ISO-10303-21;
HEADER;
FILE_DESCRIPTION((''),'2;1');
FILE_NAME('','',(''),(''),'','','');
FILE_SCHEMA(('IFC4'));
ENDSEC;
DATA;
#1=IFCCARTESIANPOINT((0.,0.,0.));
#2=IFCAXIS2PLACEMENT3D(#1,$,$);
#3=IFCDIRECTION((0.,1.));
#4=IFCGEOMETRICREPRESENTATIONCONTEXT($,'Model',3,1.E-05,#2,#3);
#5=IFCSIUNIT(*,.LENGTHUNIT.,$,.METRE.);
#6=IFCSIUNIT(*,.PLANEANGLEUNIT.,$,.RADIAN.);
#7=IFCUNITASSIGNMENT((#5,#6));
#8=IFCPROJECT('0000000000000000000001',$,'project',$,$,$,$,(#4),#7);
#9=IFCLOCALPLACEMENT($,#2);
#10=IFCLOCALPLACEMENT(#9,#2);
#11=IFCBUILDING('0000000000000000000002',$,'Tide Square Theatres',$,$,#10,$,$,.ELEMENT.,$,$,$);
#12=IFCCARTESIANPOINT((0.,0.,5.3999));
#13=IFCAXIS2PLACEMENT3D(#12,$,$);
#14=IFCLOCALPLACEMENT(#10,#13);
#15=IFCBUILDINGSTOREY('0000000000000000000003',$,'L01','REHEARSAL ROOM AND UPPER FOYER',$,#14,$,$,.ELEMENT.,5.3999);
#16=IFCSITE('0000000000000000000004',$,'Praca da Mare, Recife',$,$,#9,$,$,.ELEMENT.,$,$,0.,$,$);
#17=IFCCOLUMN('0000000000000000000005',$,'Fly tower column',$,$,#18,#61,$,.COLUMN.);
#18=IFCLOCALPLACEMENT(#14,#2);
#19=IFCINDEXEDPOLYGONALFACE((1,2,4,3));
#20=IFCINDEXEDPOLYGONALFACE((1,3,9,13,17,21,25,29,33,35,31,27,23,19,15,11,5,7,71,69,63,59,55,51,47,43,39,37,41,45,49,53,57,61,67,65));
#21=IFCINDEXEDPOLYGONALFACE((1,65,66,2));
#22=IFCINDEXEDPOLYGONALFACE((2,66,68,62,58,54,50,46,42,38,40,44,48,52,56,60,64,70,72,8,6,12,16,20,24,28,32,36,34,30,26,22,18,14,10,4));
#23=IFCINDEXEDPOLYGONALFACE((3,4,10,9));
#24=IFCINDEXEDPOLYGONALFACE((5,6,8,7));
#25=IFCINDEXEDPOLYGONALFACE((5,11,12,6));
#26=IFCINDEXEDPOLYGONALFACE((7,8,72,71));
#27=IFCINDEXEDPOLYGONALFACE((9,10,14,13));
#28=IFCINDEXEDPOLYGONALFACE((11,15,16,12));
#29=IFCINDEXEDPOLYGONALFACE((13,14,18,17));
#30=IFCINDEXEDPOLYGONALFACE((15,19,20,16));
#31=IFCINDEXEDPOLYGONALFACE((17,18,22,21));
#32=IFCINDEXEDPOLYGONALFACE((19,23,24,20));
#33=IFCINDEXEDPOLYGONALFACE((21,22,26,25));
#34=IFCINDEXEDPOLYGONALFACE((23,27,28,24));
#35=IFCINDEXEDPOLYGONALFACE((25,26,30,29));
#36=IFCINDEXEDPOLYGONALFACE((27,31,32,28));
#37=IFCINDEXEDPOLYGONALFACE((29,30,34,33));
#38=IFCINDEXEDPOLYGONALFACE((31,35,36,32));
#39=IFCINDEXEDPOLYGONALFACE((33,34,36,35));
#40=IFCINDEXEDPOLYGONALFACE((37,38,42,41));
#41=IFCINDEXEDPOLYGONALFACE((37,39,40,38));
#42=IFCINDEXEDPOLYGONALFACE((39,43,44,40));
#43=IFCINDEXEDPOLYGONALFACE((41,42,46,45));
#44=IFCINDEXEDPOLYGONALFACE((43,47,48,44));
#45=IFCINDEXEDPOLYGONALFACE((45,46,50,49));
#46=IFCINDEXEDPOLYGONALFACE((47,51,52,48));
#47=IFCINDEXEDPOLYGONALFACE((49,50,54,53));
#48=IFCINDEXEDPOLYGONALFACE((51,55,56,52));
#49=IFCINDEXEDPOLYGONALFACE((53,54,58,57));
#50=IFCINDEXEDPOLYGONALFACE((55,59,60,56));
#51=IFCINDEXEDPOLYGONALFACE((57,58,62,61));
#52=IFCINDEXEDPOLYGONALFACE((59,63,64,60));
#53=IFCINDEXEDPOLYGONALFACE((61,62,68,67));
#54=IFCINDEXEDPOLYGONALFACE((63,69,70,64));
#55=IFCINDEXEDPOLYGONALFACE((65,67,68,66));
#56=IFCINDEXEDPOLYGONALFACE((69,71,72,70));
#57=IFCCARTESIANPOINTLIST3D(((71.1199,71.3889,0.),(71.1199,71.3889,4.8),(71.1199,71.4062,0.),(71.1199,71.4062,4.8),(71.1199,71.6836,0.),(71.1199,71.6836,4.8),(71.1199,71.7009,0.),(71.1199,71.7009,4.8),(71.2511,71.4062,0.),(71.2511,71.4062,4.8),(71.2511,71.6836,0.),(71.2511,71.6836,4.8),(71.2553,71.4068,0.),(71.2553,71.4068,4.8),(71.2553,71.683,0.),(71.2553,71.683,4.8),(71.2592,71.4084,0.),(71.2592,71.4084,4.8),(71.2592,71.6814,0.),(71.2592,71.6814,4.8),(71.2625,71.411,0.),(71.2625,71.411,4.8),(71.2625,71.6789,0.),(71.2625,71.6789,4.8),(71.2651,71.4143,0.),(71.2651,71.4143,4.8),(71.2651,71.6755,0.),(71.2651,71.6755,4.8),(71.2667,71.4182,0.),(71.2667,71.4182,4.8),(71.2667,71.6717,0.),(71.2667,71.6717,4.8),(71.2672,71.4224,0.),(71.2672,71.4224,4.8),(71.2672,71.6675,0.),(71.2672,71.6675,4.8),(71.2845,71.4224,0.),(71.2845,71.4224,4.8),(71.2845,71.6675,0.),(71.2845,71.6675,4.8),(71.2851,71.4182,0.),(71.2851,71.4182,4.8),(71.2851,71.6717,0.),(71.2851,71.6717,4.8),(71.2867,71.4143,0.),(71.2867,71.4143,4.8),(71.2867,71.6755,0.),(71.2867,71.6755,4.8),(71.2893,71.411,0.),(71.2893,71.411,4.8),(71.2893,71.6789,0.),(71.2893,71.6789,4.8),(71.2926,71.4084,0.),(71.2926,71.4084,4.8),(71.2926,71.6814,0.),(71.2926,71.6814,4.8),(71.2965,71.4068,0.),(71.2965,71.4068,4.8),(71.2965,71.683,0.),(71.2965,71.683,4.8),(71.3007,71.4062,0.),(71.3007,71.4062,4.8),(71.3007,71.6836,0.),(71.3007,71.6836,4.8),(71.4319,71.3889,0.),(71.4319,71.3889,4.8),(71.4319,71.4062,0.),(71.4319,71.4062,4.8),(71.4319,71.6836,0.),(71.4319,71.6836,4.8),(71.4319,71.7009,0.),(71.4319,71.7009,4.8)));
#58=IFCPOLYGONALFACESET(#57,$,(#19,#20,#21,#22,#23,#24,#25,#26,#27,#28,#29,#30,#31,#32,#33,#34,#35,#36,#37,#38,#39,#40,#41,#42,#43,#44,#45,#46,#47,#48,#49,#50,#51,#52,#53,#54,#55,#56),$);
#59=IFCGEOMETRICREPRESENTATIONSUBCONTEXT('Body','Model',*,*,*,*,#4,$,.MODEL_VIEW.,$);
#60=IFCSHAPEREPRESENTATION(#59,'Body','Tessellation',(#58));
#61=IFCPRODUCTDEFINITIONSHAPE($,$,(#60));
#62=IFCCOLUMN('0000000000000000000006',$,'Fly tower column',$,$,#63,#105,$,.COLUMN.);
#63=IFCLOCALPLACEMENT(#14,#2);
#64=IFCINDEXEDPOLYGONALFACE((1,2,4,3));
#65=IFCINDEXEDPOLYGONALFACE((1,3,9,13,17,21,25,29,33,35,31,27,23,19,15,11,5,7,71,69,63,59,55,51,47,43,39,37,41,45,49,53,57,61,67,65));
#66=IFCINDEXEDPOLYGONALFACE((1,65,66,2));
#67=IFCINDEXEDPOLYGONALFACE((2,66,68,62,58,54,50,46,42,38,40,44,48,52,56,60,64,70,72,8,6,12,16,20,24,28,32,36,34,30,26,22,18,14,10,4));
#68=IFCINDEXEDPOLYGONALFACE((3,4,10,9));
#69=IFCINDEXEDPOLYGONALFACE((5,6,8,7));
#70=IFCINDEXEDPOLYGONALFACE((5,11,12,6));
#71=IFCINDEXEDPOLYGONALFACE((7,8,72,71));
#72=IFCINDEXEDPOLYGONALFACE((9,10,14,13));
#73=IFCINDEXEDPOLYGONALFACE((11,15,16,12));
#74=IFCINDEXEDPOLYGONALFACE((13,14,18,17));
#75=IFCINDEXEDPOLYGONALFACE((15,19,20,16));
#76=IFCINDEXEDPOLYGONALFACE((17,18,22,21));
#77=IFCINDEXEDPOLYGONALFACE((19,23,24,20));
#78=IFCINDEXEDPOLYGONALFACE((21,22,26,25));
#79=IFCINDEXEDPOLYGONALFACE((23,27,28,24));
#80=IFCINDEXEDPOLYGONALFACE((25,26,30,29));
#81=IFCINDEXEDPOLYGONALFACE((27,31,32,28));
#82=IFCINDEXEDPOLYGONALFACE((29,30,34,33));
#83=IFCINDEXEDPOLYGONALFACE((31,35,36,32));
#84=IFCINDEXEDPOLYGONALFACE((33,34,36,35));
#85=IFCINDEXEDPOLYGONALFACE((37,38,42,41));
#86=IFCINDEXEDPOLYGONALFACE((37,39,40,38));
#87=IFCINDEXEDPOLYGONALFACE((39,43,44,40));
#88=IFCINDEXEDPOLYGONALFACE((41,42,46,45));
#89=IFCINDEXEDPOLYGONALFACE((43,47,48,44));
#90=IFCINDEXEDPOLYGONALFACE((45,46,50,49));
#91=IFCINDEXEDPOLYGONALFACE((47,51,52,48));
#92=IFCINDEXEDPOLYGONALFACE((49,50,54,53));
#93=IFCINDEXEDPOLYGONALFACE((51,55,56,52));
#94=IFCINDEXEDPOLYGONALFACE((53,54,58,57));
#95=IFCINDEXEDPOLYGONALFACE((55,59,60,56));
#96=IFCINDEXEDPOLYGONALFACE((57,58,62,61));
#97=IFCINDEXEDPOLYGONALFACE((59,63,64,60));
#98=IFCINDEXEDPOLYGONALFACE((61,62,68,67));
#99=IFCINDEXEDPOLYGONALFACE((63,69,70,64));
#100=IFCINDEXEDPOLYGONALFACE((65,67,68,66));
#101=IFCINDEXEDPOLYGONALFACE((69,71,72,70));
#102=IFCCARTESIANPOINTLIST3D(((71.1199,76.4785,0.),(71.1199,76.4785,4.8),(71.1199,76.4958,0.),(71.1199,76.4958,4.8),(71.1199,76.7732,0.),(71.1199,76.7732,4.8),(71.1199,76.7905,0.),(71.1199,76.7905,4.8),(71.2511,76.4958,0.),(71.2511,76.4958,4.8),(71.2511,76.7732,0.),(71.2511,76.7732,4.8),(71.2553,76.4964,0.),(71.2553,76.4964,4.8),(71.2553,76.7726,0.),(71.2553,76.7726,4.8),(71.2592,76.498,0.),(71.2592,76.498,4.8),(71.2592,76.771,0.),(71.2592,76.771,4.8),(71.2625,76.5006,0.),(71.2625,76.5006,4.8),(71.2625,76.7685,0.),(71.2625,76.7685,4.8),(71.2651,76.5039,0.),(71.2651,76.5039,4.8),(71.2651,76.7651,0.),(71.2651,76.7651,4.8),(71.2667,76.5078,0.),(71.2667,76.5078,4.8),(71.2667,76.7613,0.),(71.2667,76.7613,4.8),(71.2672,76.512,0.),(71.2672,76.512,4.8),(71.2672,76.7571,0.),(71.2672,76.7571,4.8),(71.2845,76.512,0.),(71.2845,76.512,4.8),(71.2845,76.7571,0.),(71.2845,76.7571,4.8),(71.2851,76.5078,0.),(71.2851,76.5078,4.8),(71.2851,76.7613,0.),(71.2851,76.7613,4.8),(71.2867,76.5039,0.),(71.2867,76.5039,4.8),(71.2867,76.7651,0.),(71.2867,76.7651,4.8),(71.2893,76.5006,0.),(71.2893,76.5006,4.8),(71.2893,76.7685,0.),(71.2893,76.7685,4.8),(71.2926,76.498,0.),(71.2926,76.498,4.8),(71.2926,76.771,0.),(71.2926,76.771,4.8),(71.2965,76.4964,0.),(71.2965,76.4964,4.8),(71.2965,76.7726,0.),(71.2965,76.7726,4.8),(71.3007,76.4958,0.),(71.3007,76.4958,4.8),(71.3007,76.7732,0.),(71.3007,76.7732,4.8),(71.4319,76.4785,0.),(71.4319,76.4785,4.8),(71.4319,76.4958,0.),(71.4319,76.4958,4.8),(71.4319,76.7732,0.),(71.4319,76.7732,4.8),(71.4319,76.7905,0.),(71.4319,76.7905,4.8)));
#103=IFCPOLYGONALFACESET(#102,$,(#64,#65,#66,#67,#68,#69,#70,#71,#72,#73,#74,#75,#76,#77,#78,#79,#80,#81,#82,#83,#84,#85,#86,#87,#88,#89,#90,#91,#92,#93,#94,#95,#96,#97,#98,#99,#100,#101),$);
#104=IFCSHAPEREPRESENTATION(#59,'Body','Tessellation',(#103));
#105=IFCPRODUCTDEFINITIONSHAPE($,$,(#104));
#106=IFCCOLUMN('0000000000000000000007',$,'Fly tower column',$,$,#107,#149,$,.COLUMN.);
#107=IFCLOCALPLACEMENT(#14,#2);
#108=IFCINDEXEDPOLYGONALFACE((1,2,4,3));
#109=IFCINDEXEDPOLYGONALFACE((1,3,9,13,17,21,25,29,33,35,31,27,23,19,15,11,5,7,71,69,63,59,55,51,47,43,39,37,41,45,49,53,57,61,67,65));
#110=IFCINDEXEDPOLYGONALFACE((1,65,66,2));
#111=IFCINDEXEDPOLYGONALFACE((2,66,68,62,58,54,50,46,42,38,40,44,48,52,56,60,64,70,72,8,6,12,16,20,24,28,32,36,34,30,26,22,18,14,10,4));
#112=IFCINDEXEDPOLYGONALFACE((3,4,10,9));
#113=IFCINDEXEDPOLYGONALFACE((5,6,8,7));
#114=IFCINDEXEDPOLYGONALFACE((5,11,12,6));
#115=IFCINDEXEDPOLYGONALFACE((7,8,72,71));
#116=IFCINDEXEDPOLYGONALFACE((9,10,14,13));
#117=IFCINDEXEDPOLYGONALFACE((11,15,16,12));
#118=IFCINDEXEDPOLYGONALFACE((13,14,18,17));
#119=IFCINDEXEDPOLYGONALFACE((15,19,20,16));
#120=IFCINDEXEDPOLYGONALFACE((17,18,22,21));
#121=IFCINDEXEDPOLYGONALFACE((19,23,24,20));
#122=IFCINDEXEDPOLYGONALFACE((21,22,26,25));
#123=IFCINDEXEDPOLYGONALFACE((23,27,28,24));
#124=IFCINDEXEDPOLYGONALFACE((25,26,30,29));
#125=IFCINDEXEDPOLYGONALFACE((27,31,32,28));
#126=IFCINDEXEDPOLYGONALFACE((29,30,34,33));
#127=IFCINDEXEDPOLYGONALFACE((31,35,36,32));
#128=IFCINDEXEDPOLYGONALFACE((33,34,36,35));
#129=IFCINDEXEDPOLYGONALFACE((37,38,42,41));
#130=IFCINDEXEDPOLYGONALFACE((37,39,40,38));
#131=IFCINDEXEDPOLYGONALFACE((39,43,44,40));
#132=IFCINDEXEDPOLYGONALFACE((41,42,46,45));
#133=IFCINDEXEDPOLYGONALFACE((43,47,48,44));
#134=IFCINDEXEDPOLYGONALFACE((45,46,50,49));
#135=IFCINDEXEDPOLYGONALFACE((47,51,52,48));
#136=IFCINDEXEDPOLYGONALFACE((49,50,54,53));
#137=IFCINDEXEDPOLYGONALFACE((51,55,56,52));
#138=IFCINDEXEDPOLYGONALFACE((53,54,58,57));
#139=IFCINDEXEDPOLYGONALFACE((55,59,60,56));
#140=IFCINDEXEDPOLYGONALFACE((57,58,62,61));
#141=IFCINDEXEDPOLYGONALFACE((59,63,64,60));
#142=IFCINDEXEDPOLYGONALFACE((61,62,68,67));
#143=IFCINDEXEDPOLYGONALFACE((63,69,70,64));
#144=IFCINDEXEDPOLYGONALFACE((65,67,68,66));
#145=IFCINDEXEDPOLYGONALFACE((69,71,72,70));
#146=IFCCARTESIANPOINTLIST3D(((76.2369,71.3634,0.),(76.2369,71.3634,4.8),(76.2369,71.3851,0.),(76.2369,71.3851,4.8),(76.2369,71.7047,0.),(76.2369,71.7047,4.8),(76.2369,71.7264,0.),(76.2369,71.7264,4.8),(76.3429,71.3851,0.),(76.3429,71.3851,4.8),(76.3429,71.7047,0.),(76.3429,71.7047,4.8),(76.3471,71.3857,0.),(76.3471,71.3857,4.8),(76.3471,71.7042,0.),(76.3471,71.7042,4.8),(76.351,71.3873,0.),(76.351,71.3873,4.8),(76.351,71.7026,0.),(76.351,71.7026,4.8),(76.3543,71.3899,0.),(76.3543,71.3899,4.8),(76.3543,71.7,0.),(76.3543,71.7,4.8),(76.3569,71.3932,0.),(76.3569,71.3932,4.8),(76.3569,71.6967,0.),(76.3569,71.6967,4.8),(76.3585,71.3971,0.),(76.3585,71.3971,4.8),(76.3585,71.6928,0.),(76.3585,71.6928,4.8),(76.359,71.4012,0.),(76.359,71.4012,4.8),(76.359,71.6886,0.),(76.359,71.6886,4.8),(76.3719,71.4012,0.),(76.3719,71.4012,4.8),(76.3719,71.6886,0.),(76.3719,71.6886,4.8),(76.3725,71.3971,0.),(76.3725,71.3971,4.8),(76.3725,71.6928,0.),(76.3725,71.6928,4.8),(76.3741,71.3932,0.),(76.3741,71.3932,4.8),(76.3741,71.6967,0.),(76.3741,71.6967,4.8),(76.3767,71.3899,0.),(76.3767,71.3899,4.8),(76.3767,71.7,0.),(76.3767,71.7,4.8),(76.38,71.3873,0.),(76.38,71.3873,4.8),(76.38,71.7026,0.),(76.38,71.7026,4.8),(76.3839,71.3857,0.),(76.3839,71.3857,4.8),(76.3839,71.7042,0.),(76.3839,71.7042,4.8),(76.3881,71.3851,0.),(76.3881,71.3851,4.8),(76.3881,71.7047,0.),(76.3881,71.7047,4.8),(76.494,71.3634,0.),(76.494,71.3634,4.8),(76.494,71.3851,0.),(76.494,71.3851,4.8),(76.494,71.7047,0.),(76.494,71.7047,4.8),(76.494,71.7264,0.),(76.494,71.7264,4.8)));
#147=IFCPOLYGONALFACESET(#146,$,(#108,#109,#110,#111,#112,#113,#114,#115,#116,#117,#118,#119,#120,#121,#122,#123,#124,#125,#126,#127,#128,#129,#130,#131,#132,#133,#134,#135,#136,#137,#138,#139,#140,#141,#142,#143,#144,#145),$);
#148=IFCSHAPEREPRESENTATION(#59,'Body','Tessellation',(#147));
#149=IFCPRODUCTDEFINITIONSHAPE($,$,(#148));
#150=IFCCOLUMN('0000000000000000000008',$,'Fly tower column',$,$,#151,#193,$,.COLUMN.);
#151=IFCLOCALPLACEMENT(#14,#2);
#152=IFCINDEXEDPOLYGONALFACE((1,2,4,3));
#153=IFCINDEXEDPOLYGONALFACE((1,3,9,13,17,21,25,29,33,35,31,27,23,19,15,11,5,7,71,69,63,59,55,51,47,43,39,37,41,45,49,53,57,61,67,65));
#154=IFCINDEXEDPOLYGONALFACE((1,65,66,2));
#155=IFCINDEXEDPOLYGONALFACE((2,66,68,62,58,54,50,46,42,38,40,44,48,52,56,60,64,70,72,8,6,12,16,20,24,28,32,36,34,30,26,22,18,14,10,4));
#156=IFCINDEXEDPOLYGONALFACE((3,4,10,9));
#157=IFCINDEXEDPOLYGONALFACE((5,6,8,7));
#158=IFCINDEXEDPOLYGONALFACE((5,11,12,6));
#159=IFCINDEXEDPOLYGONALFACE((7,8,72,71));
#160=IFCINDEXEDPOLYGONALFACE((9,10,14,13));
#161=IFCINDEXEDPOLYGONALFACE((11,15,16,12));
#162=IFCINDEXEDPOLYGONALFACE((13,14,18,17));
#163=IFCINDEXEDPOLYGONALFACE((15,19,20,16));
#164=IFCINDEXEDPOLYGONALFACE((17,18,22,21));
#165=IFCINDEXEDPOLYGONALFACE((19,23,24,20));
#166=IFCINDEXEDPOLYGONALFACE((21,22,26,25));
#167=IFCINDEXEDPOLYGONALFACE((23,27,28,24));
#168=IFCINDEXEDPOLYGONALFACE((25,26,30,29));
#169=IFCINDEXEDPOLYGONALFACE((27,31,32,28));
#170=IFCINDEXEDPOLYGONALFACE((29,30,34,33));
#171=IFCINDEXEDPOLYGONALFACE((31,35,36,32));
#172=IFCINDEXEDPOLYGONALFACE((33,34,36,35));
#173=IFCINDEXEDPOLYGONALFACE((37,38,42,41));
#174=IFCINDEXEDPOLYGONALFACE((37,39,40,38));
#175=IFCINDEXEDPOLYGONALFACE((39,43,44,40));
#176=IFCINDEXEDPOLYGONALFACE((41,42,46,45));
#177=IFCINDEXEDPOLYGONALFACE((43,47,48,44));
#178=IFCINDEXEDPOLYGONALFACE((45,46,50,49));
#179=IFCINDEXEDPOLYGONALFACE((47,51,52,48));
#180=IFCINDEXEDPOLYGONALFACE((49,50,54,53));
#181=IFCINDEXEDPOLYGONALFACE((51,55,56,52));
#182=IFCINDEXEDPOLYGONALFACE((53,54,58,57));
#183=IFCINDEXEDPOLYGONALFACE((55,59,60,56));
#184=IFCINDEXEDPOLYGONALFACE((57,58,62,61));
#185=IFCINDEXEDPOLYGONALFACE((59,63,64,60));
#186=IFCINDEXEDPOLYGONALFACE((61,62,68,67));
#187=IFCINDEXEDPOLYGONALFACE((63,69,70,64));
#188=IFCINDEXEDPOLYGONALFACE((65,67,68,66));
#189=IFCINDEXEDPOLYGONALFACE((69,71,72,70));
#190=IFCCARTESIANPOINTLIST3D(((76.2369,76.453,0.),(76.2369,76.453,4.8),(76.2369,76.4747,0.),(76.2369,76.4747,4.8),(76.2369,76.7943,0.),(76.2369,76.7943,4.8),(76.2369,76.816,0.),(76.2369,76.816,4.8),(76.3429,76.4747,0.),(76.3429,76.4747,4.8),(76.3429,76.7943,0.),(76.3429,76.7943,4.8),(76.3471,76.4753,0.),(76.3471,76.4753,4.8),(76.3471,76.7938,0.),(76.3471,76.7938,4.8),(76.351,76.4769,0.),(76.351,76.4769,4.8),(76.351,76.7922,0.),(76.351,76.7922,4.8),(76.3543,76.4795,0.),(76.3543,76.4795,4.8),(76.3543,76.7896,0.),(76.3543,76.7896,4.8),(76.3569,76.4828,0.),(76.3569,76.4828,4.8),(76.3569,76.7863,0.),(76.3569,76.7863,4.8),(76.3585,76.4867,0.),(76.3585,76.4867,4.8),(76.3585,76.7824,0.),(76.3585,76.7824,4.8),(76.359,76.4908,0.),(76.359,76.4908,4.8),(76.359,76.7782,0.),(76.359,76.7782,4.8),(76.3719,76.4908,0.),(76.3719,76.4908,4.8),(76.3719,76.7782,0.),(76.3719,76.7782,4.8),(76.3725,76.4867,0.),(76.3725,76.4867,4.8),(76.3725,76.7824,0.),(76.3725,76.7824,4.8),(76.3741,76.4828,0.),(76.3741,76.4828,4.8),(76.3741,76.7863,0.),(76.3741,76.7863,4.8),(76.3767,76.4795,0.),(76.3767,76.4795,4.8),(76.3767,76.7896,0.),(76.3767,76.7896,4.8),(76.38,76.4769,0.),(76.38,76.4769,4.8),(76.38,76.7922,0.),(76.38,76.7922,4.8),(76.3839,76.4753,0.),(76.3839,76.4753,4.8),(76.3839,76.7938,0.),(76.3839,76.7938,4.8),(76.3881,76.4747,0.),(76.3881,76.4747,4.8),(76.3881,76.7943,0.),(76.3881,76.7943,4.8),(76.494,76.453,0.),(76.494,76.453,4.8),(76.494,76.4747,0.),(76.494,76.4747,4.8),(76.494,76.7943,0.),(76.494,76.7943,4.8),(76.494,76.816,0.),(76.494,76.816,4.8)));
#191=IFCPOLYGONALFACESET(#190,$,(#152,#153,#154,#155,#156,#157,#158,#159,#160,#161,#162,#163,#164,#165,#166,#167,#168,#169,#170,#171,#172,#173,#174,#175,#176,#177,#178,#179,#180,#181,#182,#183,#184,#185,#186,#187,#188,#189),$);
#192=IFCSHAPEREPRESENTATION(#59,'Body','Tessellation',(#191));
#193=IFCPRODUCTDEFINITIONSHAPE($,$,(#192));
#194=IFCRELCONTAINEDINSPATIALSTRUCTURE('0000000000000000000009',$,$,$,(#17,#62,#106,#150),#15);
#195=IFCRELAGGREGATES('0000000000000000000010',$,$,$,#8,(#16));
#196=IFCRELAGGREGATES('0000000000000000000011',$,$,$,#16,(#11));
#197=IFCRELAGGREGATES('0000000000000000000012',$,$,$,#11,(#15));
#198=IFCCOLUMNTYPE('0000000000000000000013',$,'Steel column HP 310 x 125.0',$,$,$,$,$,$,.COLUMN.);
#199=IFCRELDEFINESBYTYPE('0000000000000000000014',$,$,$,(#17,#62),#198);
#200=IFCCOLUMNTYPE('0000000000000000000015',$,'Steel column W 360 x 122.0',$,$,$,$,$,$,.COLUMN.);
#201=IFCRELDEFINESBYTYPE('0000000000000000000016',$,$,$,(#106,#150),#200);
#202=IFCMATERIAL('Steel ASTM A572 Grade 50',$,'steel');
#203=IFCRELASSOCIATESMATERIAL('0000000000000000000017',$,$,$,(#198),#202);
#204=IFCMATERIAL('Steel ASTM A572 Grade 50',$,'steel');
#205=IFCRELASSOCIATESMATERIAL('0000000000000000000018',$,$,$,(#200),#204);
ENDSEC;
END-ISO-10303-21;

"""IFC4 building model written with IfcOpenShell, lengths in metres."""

from ifc_helpers import new_model, si_unit, direction, frame, origin, origin_2d, place, context, subcontext, project, spatial, i_section, extrude, material, material_profile, profile_set, type_object, element, save


model = new_model("IFC4")

# Units and contexts
model_context = context("Model", 3, precision=1e-05, world=origin(), true_north=direction((0.0, 1.0)))
body_context = subcontext(model_context, "Body", "Model", "MODEL_VIEW")
ifc_project = project(units=[si_unit("LENGTHUNIT", "METRE"), si_unit("PLANEANGLEUNIT", "RADIAN")], contexts=[model_context])

# Site, building, storey
site_placement = place(None, origin())
site = spatial("IfcSite", under=ifc_project, at=site_placement, Name="Praca da Mare, Recife", CompositionType="ELEMENT", RefElevation=0.0)
building_placement = place(site_placement, origin())
building = spatial("IfcBuilding", under=site, at=building_placement, Name="Tide Square Theatres", CompositionType="ELEMENT")
storey_placement = place(building_placement, frame((0.0, 0.0, 5.3999)))
storey = spatial("IfcBuildingStorey", under=building, at=storey_placement, Name="L01", Description="REHEARSAL ROOM AND UPPER FOYER", CompositionType="ELEMENT", Elevation=5.3999)

# Columns
ifc_material_1 = material(Name="Steel ASTM A572 Grade 50", Category="steel")
ifc_material_profile_1 = material_profile(ifc_material_1, i_section(OverallWidth=0.312, OverallDepth=0.312, WebThickness=0.0173, FlangeThickness=0.0173, FilletRadius=0.0161, at=origin_2d()))
ifc_profile_set_1 = profile_set([ifc_material_profile_1], Name="Steel ASTM A572 Grade 50")
column_type_1 = type_object("IfcColumnType", Name="Steel column HP 310 x 125.0", PredefinedType="COLUMN", material=ifc_profile_set_1)
for number, where, z_axis, x_axis, name in (
    (1, (71.2759, 71.5449, 0.0), (0.0, 0.0, 1.0), (1.0, 0.0, 0.0), "Fly tower column"),
    (2, (71.2759, 76.6345, 0.0), (0.0, 0.0, 1.0), (1.0, 0.0, 0.0), "Fly tower column"),
):
    element("IfcColumn", number, at=place(storey_placement, frame(where, z_axis=z_axis, x_axis=x_axis)), inside=storey, type_object=column_type_1, Name=name, PredefinedType="COLUMN", context=body_context, shape_type="SweptSolid", body=[
        extrude(i_section(OverallWidth=0.312, OverallDepth=0.312, WebThickness=0.0173, FlangeThickness=0.0173, FilletRadius=0.0161, at=origin_2d()), origin(), (0.0, 0.0, 1.0), 4.8),
    ])
ifc_material_2 = material(Name="Steel ASTM A572 Grade 50", Category="steel")
ifc_material_profile_2 = material_profile(ifc_material_2, i_section(OverallWidth=0.2571, OverallDepth=0.363, WebThickness=0.0129, FlangeThickness=0.0217, FilletRadius=0.0161, at=origin_2d()))
ifc_profile_set_2 = profile_set([ifc_material_profile_2], Name="Steel ASTM A572 Grade 50")
column_type_2 = type_object("IfcColumnType", Name="Steel column W 360 x 122.0", PredefinedType="COLUMN", material=ifc_profile_set_2)
for number, where, z_axis, x_axis, name in (
    (3, (76.3655, 71.5449, 0.0), (0.0, 0.0, 1.0), (1.0, 0.0, 0.0), "Fly tower column"),
    (4, (76.3655, 76.6345, 0.0), (0.0, 0.0, 1.0), (1.0, 0.0, 0.0), "Fly tower column"),
):
    element("IfcColumn", number, at=place(storey_placement, frame(where, z_axis=z_axis, x_axis=x_axis)), inside=storey, type_object=column_type_2, Name=name, PredefinedType="COLUMN", context=body_context, shape_type="SweptSolid", body=[
        extrude(i_section(OverallWidth=0.2571, OverallDepth=0.363, WebThickness=0.0129, FlangeThickness=0.0217, FilletRadius=0.0161, at=origin_2d()), origin(), (0.0, 0.0, 1.0), 4.8),
    ])

save(model, "model.ifc")
